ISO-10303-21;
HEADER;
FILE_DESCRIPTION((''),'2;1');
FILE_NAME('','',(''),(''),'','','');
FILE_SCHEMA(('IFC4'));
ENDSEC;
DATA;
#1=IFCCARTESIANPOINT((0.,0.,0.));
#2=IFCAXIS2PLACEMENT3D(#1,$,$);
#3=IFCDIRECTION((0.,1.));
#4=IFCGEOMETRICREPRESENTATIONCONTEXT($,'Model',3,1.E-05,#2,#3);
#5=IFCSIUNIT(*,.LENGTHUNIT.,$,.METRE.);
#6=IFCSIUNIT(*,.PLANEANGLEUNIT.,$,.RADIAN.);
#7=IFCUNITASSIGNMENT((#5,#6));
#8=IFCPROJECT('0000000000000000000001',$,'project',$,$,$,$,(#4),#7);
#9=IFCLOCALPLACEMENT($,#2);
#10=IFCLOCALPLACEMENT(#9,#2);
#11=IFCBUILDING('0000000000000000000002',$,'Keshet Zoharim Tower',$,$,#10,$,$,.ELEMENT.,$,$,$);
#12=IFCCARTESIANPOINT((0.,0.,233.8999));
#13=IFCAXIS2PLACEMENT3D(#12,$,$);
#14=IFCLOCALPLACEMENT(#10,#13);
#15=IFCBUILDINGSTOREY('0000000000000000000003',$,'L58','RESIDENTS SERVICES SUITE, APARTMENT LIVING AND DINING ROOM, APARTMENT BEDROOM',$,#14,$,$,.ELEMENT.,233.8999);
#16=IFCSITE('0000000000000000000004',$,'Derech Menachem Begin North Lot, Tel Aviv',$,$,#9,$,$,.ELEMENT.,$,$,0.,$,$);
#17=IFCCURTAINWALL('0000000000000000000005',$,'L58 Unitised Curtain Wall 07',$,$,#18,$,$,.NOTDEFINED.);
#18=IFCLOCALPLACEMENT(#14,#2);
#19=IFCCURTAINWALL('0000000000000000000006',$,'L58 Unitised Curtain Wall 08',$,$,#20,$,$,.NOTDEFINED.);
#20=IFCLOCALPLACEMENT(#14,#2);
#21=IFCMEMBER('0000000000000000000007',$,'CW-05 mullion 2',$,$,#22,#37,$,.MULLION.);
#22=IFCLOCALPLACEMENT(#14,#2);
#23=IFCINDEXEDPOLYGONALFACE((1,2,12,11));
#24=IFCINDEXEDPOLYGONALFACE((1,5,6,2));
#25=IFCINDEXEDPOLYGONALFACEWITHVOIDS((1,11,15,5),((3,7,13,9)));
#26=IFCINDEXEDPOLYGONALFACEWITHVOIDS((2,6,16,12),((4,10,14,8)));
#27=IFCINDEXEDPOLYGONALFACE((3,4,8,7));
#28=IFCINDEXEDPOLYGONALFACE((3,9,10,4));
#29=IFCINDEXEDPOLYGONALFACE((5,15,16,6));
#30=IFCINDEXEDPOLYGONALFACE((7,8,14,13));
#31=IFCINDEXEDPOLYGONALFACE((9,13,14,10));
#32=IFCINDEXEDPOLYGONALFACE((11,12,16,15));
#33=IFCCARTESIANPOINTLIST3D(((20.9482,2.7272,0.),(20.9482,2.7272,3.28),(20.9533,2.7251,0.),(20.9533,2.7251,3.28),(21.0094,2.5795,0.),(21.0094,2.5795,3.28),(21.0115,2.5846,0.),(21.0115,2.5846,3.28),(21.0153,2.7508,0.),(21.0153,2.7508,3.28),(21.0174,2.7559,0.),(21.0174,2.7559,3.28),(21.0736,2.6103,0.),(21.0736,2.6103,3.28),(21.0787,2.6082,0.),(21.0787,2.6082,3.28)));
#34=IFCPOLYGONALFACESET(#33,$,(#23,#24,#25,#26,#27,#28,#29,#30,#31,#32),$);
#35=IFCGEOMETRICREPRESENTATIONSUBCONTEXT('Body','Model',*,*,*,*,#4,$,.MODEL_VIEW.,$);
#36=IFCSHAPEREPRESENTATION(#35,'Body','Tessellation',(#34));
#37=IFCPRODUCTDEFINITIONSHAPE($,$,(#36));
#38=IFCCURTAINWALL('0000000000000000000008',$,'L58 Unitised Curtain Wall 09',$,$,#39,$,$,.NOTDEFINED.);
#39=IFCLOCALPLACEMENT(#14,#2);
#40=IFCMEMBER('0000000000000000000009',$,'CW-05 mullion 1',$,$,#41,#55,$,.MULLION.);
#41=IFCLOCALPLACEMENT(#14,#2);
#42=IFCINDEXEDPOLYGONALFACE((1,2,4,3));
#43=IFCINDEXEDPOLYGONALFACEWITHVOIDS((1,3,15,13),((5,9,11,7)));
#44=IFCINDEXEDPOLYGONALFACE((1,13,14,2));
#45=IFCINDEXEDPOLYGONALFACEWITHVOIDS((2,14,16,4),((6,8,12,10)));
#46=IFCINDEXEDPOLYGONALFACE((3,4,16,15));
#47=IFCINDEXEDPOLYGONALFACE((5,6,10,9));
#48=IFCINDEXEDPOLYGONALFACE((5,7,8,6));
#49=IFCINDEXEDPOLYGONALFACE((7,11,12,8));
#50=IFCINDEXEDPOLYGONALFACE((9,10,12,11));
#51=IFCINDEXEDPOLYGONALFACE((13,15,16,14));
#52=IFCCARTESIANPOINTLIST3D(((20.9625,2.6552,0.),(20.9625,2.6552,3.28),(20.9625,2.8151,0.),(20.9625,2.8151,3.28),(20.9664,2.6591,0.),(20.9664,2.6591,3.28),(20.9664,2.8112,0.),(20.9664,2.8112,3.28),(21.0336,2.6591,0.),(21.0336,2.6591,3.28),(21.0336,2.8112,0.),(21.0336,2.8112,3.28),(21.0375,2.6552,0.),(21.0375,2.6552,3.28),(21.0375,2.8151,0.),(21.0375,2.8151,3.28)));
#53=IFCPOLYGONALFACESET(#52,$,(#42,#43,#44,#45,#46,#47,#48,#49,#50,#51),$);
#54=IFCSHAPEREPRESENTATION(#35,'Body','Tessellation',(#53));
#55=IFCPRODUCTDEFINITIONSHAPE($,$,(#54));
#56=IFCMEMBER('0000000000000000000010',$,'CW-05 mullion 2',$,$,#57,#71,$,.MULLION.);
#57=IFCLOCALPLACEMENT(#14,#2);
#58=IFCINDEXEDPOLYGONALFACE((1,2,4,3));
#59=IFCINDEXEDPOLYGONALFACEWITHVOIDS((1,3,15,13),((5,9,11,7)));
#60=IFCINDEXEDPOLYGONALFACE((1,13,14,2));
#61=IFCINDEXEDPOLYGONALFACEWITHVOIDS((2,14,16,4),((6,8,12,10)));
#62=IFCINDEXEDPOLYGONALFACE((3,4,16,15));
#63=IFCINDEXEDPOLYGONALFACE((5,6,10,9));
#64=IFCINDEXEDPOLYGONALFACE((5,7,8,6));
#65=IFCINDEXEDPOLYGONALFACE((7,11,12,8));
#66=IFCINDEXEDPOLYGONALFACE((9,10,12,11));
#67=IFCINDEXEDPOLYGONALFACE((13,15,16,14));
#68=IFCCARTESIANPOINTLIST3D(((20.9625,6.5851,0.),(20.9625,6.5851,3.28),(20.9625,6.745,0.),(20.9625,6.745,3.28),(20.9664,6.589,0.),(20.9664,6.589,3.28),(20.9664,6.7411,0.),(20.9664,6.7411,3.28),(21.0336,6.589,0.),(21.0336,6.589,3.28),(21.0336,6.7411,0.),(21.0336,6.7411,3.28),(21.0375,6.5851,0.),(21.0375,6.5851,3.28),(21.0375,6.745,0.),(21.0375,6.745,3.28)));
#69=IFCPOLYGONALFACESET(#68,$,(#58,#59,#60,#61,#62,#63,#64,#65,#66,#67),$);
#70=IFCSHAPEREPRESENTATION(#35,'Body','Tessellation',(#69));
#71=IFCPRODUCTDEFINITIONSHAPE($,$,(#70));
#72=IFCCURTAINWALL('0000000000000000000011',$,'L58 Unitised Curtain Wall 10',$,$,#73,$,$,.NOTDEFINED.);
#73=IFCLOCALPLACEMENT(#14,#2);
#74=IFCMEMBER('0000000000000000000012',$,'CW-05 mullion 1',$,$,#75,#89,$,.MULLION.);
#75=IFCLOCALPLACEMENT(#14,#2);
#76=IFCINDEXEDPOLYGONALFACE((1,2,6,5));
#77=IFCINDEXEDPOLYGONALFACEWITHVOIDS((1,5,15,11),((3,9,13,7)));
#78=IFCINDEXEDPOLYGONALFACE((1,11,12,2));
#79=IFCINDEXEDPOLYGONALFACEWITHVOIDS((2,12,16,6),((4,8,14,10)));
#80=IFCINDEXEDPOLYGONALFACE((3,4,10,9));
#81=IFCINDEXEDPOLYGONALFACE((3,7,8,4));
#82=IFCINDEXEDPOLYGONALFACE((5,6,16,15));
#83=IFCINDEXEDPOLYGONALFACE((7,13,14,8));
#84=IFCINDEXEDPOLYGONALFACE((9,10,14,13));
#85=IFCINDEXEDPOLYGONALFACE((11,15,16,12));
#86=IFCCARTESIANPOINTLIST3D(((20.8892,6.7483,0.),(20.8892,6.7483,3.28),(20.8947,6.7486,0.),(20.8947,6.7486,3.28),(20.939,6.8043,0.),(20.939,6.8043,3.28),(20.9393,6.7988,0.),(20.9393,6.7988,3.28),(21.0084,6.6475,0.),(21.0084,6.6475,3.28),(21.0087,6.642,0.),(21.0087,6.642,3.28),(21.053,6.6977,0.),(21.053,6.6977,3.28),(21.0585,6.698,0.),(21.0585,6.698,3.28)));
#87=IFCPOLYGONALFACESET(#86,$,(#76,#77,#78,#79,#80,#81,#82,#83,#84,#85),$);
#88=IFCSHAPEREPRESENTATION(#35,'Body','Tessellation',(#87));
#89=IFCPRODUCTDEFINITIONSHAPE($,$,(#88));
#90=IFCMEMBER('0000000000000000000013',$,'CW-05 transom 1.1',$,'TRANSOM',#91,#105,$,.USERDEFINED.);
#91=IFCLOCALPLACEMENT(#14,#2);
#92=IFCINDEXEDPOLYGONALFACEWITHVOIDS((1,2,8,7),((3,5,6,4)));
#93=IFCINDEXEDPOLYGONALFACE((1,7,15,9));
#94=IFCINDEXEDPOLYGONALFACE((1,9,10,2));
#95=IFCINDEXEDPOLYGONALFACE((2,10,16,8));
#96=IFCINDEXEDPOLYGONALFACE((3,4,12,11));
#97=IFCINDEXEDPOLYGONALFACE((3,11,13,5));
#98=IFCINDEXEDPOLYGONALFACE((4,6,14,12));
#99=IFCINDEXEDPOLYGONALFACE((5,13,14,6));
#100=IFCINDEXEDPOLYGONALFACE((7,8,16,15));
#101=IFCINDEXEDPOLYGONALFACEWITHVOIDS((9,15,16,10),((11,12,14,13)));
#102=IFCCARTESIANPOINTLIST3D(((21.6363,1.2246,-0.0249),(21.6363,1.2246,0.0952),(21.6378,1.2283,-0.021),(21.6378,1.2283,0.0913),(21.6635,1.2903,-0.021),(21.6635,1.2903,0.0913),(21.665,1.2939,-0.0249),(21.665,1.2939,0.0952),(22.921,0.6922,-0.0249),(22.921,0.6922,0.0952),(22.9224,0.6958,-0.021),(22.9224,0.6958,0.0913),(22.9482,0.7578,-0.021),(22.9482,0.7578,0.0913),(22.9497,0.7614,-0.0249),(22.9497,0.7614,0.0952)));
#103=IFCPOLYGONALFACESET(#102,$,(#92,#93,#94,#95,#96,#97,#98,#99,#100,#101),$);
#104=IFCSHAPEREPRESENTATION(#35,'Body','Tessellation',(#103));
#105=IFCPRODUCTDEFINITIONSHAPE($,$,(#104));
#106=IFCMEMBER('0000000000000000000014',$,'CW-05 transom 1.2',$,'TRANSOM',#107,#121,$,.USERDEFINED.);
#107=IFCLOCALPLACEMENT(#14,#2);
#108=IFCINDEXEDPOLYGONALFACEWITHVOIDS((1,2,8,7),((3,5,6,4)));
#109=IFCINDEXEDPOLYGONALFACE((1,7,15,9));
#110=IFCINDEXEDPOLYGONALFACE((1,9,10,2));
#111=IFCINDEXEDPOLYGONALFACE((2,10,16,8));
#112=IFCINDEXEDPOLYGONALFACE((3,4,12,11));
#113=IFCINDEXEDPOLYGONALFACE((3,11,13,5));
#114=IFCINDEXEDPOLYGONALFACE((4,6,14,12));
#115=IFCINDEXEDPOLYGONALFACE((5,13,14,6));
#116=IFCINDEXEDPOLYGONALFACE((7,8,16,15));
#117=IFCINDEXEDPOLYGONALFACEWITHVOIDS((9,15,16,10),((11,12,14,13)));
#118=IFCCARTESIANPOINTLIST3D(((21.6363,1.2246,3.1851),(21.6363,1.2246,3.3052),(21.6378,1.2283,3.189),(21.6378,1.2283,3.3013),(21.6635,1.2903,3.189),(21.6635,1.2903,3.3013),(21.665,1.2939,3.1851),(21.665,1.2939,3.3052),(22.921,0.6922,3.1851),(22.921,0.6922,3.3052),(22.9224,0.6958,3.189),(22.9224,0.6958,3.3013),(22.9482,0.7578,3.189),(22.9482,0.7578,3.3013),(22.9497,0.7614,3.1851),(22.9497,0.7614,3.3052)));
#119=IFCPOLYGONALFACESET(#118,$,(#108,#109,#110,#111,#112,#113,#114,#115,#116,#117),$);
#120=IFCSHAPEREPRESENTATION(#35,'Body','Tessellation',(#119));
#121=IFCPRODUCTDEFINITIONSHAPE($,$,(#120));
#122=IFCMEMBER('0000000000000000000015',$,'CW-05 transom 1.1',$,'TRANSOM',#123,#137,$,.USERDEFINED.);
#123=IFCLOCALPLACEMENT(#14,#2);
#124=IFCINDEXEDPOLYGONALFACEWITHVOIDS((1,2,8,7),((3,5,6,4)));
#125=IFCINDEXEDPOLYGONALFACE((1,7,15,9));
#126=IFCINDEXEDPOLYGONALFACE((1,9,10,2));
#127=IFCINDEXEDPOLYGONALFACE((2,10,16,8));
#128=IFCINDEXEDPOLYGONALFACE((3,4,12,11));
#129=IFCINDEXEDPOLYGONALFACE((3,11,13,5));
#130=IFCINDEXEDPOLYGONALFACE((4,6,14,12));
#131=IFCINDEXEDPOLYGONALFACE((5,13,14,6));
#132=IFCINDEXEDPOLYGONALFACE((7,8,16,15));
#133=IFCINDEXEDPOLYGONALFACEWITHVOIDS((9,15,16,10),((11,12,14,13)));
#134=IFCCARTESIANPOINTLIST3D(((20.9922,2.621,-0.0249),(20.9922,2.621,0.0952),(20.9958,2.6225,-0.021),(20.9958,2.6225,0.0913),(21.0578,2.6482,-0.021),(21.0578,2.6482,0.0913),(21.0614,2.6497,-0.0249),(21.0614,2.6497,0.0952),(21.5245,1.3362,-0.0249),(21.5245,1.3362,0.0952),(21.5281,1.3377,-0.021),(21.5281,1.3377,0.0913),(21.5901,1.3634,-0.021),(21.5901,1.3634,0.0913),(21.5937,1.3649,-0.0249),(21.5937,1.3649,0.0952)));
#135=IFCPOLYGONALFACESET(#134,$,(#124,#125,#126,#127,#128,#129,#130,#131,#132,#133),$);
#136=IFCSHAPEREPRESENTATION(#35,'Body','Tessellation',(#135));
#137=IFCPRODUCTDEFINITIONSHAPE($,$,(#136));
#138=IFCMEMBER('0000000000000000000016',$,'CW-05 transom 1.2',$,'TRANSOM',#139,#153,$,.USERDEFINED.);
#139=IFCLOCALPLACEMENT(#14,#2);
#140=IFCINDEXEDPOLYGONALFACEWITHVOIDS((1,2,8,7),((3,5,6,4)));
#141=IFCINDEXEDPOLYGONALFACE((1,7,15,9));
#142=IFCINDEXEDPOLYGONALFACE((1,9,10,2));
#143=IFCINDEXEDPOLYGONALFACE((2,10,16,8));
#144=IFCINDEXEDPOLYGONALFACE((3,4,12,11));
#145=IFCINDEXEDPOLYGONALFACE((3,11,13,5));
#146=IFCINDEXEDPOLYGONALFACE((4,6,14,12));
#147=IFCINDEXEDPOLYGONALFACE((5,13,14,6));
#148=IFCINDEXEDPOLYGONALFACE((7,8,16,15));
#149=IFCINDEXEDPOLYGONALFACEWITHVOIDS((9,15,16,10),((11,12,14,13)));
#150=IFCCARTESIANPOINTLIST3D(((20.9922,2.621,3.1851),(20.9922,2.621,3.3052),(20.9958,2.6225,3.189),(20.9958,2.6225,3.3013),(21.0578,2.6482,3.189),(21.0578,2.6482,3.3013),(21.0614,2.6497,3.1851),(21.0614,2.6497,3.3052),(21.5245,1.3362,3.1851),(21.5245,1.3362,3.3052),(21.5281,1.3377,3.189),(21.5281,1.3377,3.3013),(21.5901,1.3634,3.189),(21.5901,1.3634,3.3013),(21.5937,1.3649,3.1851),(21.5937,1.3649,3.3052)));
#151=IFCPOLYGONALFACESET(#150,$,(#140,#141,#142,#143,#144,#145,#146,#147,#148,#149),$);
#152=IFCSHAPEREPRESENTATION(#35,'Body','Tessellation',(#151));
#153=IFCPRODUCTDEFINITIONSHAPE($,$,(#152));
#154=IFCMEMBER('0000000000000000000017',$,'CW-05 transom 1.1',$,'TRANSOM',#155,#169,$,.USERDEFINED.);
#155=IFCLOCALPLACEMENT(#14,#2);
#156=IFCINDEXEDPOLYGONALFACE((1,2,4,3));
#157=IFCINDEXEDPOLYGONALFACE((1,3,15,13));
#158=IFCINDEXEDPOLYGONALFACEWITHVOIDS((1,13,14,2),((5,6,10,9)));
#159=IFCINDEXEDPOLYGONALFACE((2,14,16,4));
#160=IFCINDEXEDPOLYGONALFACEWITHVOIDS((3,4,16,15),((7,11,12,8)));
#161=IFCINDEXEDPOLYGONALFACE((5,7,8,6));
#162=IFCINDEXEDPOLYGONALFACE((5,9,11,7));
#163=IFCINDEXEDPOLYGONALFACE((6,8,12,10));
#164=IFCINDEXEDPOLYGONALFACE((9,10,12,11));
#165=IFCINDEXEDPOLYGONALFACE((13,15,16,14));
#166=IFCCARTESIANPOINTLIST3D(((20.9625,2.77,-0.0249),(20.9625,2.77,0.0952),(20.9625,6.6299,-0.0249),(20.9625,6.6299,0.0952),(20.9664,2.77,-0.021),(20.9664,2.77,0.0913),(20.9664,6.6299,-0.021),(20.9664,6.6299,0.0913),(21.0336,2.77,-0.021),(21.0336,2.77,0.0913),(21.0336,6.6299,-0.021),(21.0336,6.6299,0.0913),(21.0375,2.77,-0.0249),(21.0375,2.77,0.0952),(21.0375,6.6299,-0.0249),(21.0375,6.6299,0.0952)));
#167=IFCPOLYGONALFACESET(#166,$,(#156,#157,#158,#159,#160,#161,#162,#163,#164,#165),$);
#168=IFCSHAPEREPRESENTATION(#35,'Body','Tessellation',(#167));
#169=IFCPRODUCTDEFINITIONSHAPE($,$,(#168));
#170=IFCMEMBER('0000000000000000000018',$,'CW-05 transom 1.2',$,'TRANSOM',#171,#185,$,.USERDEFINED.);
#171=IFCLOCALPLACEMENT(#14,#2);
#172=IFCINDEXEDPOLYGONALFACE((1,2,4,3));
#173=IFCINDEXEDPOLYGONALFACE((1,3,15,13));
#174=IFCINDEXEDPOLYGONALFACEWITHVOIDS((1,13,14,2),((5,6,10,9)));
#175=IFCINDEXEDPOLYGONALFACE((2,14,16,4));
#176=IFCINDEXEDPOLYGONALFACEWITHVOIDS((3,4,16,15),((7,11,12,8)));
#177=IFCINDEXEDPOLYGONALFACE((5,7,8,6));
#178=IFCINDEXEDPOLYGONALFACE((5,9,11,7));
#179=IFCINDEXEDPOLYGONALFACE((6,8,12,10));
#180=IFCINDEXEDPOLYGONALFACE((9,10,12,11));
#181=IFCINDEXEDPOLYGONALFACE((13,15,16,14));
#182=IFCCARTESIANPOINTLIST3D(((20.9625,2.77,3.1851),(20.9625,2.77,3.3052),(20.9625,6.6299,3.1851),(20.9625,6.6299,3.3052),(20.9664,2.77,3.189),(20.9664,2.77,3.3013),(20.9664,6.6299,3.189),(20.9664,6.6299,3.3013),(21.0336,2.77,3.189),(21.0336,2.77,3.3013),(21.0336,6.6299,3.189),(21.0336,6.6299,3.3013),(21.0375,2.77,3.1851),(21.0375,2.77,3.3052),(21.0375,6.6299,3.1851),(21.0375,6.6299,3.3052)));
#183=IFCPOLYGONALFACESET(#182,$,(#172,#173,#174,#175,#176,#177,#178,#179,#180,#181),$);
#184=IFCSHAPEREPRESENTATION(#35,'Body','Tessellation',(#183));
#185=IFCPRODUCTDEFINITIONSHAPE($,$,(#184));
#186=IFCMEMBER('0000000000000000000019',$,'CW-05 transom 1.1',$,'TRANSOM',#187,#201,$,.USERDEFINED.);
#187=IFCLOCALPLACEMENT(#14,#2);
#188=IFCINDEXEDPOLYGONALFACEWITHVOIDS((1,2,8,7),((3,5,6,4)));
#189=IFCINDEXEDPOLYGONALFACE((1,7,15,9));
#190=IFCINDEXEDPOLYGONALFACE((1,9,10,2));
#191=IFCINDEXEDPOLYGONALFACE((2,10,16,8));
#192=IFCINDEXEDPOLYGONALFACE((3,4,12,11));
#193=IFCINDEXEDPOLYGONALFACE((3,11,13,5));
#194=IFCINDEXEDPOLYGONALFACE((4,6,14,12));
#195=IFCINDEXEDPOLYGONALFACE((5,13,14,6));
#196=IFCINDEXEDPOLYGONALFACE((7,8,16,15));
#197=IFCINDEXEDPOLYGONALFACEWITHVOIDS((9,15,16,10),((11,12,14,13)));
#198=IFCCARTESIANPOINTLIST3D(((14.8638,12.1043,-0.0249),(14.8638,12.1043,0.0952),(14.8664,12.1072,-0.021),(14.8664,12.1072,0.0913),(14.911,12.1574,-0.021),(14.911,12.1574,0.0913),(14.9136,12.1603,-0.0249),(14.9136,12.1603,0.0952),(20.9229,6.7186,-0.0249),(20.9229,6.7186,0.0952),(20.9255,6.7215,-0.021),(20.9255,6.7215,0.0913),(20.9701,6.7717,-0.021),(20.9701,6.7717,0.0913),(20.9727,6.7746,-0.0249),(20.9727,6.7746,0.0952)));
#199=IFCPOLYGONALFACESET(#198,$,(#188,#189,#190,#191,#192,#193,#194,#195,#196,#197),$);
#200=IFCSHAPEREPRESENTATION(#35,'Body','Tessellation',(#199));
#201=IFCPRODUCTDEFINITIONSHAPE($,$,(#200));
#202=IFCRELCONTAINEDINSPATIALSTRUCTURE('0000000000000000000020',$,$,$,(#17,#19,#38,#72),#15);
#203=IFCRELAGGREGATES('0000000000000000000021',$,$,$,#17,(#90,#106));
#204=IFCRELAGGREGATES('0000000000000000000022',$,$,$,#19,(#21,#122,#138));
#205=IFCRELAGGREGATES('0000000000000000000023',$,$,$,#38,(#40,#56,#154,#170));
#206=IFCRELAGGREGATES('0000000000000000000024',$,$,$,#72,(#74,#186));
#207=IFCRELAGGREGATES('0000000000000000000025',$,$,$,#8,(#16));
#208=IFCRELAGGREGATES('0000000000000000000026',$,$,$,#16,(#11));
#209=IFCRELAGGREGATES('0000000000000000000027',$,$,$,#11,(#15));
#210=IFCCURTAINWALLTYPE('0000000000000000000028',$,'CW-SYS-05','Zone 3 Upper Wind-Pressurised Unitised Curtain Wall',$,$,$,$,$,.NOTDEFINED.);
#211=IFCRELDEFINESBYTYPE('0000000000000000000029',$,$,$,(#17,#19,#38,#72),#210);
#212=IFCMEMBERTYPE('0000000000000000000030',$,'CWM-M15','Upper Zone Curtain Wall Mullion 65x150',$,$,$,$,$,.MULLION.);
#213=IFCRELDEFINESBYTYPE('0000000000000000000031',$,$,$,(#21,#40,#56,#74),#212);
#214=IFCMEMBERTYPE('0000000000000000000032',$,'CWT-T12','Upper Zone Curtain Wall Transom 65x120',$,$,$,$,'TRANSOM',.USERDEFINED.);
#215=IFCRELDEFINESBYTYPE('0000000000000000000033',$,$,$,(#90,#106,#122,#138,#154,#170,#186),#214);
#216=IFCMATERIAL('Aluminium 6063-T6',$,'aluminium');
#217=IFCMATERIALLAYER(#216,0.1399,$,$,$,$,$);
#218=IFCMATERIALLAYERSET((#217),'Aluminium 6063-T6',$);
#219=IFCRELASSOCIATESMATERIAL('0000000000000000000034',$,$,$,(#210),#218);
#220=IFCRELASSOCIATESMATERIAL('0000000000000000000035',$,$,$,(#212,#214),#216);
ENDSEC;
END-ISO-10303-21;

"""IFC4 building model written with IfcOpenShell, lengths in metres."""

from ifc_helpers import new_model, si_unit, direction, frame, origin, origin_2d, place, context, subcontext, project, spatial, hollow_rectangle, extrude, material, layer, layer_set, material_profile, profile_set, type_object, element, aggregate, save


model = new_model("IFC4")

# Units and contexts
model_context = context("Model", 3, precision=1e-05, world=origin(), true_north=direction((0.0, 1.0)))
body_context = subcontext(model_context, "Body", "Model", "MODEL_VIEW")
ifc_project = project(units=[si_unit("LENGTHUNIT", "METRE"), si_unit("PLANEANGLEUNIT", "RADIAN")], contexts=[model_context])

# Site, building, storey
site_placement = place(None, origin())
site = spatial("IfcSite", under=ifc_project, at=site_placement, Name="Derech Menachem Begin North Lot, Tel Aviv", CompositionType="ELEMENT", RefElevation=0.0)
building_placement = place(site_placement, origin())
building = spatial("IfcBuilding", under=site, at=building_placement, Name="Keshet Zoharim Tower", CompositionType="ELEMENT")
storey_placement = place(building_placement, frame((0.0, 0.0, 233.8999)))
storey = spatial("IfcBuildingStorey", under=building, at=storey_placement, Name="L58", Description="RESIDENTS SERVICES SUITE, APARTMENT LIVING AND DINING ROOM, APARTMENT BEDROOM", CompositionType="ELEMENT", Elevation=233.8999)

# Shared definitions
ifc_material_1 = material(Name="Aluminium 6063-T6", Category="aluminium")
ifc_layer_1 = layer(ifc_material_1, 0.1399)
ifc_layer_set_1 = layer_set([ifc_layer_1], Name="Aluminium 6063-T6")
curtain_wall_type = type_object("IfcCurtainWallType", Name="CW-SYS-05", Description="Zone 3 Upper Wind-Pressurised Unitised Curtain Wall", PredefinedType="NOTDEFINED", material=ifc_layer_set_1)
ifc_material_profile_1 = material_profile(ifc_material_1, hollow_rectangle(XDim=0.075, YDim=0.1599, WallThickness=0.0039, at=origin_2d()), Name="MUL-75x160")
ifc_profile_set_1 = profile_set([ifc_material_profile_1], Name="Aluminium 6063-T6")
member_type_1 = type_object("IfcMemberType", Name="CWM-M15", Description="Upper Zone Curtain Wall Mullion 65x150", PredefinedType="MULLION", material=ifc_profile_set_1)

# Curtain walls, members
curtain_wall_1_placement = place(storey_placement, origin())
curtain_wall_1 = element("IfcCurtainWall", 1, at=curtain_wall_1_placement, inside=storey, type_object=curtain_wall_type, Name="L58 Unitised Curtain Wall 07", PredefinedType="NOTDEFINED")
curtain_wall_2_placement = place(storey_placement, origin())
curtain_wall_2 = element("IfcCurtainWall", 2, at=curtain_wall_2_placement, inside=storey, type_object=curtain_wall_type, Name="L58 Unitised Curtain Wall 08", PredefinedType="NOTDEFINED")
member_1_placement = place(storey_placement, frame((21.0134, 2.6677, 0.0), z_axis=(0.0, 0.0, 1.0), x_axis=(-0.92381, -0.382852, 0.0)))
member_1 = element("IfcMember", 3, at=member_1_placement, type_object=member_type_1, Name="CW-05 mullion 2", PredefinedType="MULLION", context=body_context, shape_type="SweptSolid", body=[
    extrude(hollow_rectangle(XDim=0.075, YDim=0.1599, WallThickness=0.0039, at=origin_2d()), origin(), (0.0, 0.0, 1.0), 3.28),
])
curtain_wall_3_placement = place(storey_placement, origin())
curtain_wall_3 = element("IfcCurtainWall", 4, at=curtain_wall_3_placement, inside=storey, type_object=curtain_wall_type, Name="L58 Unitised Curtain Wall 09", PredefinedType="NOTDEFINED")
member_2_placement = place(storey_placement, frame((21.0, 2.7351, 0.0), z_axis=(0.0, 0.0, 1.0), x_axis=(-1.0, 0.0, 0.0)))
member_2 = element("IfcMember", 5, at=member_2_placement, type_object=member_type_1, Name="CW-05 mullion 1", PredefinedType="MULLION", context=body_context, shape_type="SweptSolid", body=[
    extrude(hollow_rectangle(XDim=0.075, YDim=0.1599, WallThickness=0.0039, at=origin_2d()), origin(), (0.0, 0.0, 1.0), 3.28),
])
member_3_placement = place(storey_placement, frame((21.0, 6.665, 0.0), z_axis=(0.0, 0.0, 1.0), x_axis=(-1.0, 0.0, 0.0)))
member_3 = element("IfcMember", 6, at=member_3_placement, type_object=member_type_1, Name="CW-05 mullion 2", PredefinedType="MULLION", context=body_context, shape_type="SweptSolid", body=[
    extrude(hollow_rectangle(XDim=0.075, YDim=0.1599, WallThickness=0.0039, at=origin_2d()), origin(), (0.0, 0.0, 1.0), 3.28),
])

# Curtain wall, member
curtain_wall_4_placement = place(storey_placement, origin())
curtain_wall_4 = element("IfcCurtainWall", 7, at=curtain_wall_4_placement, inside=storey, type_object=curtain_wall_type, Name="L58 Unitised Curtain Wall 10", PredefinedType="NOTDEFINED")
member_4_placement = place(storey_placement, frame((20.9739, 6.7231, 0.0), z_axis=(0.0, 0.0, 1.0), x_axis=(-0.664367, -0.747407, 0.0)))
member_4 = element("IfcMember", 8, at=member_4_placement, type_object=member_type_1, Name="CW-05 mullion 1", PredefinedType="MULLION", context=body_context, shape_type="SweptSolid", body=[
    extrude(hollow_rectangle(XDim=0.075, YDim=0.1599, WallThickness=0.0039, at=origin_2d()), origin(), (0.0, 0.0, 1.0), 3.28),
])

# Members
ifc_material_profile_2 = material_profile(ifc_material_1, hollow_rectangle(XDim=0.075, YDim=0.1201, WallThickness=0.0039, at=origin_2d()), Name="TRN-75x120")
ifc_profile_set_2 = profile_set([ifc_material_profile_2], Name="Aluminium 6063-T6")
member_type_2 = type_object("IfcMemberType", Name="CWT-T12", Description="Upper Zone Curtain Wall Transom 65x120", ElementType="TRANSOM", PredefinedType="USERDEFINED", material=ifc_profile_set_2)
member_5_placement = place(storey_placement, frame((22.9353, 0.7268, 0.0352), z_axis=(-0.923792, 0.382894, 0.0), x_axis=(-0.382894, -0.923792, 0.0)))
member_5 = element("IfcMember", 9, at=member_5_placement, type_object=member_type_2, Name="CW-05 transom 1.1", ObjectType="TRANSOM", PredefinedType="USERDEFINED", context=body_context, shape_type="SweptSolid", body=[
    extrude(hollow_rectangle(XDim=0.075, YDim=0.1201, WallThickness=0.0039, at=origin_2d()), origin(), (0.0, 0.0, 1.0), 1.3906),
])
member_6_placement = place(storey_placement, frame((22.9353, 0.7268, 3.2451), z_axis=(-0.923792, 0.382894, 0.0), x_axis=(-0.382894, -0.923792, 0.0)))
member_6 = element("IfcMember", 10, at=member_6_placement, type_object=member_type_2, Name="CW-05 transom 1.2", ObjectType="TRANSOM", PredefinedType="USERDEFINED", context=body_context, shape_type="SweptSolid", body=[
    extrude(hollow_rectangle(XDim=0.075, YDim=0.1201, WallThickness=0.0039, at=origin_2d()), origin(), (0.0, 0.0, 1.0), 1.3906),
])
member_7_placement = place(storey_placement, frame((21.5591, 1.3506, 0.0352), z_axis=(-0.382745, 0.923854, 0.0), x_axis=(-0.923854, -0.382745, 0.0)))
member_7 = element("IfcMember", 11, at=member_7_placement, type_object=member_type_2, Name="CW-05 transom 1.1", ObjectType="TRANSOM", PredefinedType="USERDEFINED", context=body_context, shape_type="SweptSolid", body=[
    extrude(hollow_rectangle(XDim=0.075, YDim=0.1201, WallThickness=0.0039, at=origin_2d()), origin(), (0.0, 0.0, 1.0), 1.3906),
])
member_8_placement = place(storey_placement, frame((21.5591, 1.3506, 3.2451), z_axis=(-0.382745, 0.923854, 0.0), x_axis=(-0.923854, -0.382745, 0.0)))
member_8 = element("IfcMember", 12, at=member_8_placement, type_object=member_type_2, Name="CW-05 transom 1.2", ObjectType="TRANSOM", PredefinedType="USERDEFINED", context=body_context, shape_type="SweptSolid", body=[
    extrude(hollow_rectangle(XDim=0.075, YDim=0.1201, WallThickness=0.0039, at=origin_2d()), origin(), (0.0, 0.0, 1.0), 1.3906),
])
member_9_placement = place(storey_placement, frame((21.0, 2.77, 0.0352), z_axis=(0.0, 1.0, 0.0), x_axis=(-1.0, 0.0, 0.0)))
member_9 = element("IfcMember", 13, at=member_9_placement, type_object=member_type_2, Name="CW-05 transom 1.1", ObjectType="TRANSOM", PredefinedType="USERDEFINED", context=body_context, shape_type="SweptSolid", body=[
    extrude(hollow_rectangle(XDim=0.075, YDim=0.1201, WallThickness=0.0039, at=origin_2d()), origin(), (0.0, 0.0, 1.0), 3.8599),
])
member_10_placement = place(storey_placement, frame((21.0, 2.77, 3.2451), z_axis=(0.0, 1.0, 0.0), x_axis=(-1.0, 0.0, 0.0)))
member_10 = element("IfcMember", 14, at=member_10_placement, type_object=member_type_2, Name="CW-05 transom 1.2", ObjectType="TRANSOM", PredefinedType="USERDEFINED", context=body_context, shape_type="SweptSolid", body=[
    extrude(hollow_rectangle(XDim=0.075, YDim=0.1201, WallThickness=0.0039, at=origin_2d()), origin(), (0.0, 0.0, 1.0), 3.8599),
])
member_11_placement = place(storey_placement, frame((20.9478, 6.7466, 0.0352), z_axis=(-0.747416, 0.664356, 0.0), x_axis=(-0.664356, -0.747416, 0.0)))
member_11 = element("IfcMember", 15, at=member_11_placement, type_object=member_type_2, Name="CW-05 transom 1.1", ObjectType="TRANSOM", PredefinedType="USERDEFINED", context=body_context, shape_type="SweptSolid", body=[
    extrude(hollow_rectangle(XDim=0.075, YDim=0.1201, WallThickness=0.0039, at=origin_2d()), origin(), (0.0, 0.0, 1.0), 8.1067),
])

aggregate(curtain_wall_1, [member_5, member_6])
aggregate(curtain_wall_2, [member_1, member_7, member_8])
aggregate(curtain_wall_3, [member_2, member_3, member_9, member_10])
aggregate(curtain_wall_4, [member_4, member_11])

save(model, "model.ifc")
